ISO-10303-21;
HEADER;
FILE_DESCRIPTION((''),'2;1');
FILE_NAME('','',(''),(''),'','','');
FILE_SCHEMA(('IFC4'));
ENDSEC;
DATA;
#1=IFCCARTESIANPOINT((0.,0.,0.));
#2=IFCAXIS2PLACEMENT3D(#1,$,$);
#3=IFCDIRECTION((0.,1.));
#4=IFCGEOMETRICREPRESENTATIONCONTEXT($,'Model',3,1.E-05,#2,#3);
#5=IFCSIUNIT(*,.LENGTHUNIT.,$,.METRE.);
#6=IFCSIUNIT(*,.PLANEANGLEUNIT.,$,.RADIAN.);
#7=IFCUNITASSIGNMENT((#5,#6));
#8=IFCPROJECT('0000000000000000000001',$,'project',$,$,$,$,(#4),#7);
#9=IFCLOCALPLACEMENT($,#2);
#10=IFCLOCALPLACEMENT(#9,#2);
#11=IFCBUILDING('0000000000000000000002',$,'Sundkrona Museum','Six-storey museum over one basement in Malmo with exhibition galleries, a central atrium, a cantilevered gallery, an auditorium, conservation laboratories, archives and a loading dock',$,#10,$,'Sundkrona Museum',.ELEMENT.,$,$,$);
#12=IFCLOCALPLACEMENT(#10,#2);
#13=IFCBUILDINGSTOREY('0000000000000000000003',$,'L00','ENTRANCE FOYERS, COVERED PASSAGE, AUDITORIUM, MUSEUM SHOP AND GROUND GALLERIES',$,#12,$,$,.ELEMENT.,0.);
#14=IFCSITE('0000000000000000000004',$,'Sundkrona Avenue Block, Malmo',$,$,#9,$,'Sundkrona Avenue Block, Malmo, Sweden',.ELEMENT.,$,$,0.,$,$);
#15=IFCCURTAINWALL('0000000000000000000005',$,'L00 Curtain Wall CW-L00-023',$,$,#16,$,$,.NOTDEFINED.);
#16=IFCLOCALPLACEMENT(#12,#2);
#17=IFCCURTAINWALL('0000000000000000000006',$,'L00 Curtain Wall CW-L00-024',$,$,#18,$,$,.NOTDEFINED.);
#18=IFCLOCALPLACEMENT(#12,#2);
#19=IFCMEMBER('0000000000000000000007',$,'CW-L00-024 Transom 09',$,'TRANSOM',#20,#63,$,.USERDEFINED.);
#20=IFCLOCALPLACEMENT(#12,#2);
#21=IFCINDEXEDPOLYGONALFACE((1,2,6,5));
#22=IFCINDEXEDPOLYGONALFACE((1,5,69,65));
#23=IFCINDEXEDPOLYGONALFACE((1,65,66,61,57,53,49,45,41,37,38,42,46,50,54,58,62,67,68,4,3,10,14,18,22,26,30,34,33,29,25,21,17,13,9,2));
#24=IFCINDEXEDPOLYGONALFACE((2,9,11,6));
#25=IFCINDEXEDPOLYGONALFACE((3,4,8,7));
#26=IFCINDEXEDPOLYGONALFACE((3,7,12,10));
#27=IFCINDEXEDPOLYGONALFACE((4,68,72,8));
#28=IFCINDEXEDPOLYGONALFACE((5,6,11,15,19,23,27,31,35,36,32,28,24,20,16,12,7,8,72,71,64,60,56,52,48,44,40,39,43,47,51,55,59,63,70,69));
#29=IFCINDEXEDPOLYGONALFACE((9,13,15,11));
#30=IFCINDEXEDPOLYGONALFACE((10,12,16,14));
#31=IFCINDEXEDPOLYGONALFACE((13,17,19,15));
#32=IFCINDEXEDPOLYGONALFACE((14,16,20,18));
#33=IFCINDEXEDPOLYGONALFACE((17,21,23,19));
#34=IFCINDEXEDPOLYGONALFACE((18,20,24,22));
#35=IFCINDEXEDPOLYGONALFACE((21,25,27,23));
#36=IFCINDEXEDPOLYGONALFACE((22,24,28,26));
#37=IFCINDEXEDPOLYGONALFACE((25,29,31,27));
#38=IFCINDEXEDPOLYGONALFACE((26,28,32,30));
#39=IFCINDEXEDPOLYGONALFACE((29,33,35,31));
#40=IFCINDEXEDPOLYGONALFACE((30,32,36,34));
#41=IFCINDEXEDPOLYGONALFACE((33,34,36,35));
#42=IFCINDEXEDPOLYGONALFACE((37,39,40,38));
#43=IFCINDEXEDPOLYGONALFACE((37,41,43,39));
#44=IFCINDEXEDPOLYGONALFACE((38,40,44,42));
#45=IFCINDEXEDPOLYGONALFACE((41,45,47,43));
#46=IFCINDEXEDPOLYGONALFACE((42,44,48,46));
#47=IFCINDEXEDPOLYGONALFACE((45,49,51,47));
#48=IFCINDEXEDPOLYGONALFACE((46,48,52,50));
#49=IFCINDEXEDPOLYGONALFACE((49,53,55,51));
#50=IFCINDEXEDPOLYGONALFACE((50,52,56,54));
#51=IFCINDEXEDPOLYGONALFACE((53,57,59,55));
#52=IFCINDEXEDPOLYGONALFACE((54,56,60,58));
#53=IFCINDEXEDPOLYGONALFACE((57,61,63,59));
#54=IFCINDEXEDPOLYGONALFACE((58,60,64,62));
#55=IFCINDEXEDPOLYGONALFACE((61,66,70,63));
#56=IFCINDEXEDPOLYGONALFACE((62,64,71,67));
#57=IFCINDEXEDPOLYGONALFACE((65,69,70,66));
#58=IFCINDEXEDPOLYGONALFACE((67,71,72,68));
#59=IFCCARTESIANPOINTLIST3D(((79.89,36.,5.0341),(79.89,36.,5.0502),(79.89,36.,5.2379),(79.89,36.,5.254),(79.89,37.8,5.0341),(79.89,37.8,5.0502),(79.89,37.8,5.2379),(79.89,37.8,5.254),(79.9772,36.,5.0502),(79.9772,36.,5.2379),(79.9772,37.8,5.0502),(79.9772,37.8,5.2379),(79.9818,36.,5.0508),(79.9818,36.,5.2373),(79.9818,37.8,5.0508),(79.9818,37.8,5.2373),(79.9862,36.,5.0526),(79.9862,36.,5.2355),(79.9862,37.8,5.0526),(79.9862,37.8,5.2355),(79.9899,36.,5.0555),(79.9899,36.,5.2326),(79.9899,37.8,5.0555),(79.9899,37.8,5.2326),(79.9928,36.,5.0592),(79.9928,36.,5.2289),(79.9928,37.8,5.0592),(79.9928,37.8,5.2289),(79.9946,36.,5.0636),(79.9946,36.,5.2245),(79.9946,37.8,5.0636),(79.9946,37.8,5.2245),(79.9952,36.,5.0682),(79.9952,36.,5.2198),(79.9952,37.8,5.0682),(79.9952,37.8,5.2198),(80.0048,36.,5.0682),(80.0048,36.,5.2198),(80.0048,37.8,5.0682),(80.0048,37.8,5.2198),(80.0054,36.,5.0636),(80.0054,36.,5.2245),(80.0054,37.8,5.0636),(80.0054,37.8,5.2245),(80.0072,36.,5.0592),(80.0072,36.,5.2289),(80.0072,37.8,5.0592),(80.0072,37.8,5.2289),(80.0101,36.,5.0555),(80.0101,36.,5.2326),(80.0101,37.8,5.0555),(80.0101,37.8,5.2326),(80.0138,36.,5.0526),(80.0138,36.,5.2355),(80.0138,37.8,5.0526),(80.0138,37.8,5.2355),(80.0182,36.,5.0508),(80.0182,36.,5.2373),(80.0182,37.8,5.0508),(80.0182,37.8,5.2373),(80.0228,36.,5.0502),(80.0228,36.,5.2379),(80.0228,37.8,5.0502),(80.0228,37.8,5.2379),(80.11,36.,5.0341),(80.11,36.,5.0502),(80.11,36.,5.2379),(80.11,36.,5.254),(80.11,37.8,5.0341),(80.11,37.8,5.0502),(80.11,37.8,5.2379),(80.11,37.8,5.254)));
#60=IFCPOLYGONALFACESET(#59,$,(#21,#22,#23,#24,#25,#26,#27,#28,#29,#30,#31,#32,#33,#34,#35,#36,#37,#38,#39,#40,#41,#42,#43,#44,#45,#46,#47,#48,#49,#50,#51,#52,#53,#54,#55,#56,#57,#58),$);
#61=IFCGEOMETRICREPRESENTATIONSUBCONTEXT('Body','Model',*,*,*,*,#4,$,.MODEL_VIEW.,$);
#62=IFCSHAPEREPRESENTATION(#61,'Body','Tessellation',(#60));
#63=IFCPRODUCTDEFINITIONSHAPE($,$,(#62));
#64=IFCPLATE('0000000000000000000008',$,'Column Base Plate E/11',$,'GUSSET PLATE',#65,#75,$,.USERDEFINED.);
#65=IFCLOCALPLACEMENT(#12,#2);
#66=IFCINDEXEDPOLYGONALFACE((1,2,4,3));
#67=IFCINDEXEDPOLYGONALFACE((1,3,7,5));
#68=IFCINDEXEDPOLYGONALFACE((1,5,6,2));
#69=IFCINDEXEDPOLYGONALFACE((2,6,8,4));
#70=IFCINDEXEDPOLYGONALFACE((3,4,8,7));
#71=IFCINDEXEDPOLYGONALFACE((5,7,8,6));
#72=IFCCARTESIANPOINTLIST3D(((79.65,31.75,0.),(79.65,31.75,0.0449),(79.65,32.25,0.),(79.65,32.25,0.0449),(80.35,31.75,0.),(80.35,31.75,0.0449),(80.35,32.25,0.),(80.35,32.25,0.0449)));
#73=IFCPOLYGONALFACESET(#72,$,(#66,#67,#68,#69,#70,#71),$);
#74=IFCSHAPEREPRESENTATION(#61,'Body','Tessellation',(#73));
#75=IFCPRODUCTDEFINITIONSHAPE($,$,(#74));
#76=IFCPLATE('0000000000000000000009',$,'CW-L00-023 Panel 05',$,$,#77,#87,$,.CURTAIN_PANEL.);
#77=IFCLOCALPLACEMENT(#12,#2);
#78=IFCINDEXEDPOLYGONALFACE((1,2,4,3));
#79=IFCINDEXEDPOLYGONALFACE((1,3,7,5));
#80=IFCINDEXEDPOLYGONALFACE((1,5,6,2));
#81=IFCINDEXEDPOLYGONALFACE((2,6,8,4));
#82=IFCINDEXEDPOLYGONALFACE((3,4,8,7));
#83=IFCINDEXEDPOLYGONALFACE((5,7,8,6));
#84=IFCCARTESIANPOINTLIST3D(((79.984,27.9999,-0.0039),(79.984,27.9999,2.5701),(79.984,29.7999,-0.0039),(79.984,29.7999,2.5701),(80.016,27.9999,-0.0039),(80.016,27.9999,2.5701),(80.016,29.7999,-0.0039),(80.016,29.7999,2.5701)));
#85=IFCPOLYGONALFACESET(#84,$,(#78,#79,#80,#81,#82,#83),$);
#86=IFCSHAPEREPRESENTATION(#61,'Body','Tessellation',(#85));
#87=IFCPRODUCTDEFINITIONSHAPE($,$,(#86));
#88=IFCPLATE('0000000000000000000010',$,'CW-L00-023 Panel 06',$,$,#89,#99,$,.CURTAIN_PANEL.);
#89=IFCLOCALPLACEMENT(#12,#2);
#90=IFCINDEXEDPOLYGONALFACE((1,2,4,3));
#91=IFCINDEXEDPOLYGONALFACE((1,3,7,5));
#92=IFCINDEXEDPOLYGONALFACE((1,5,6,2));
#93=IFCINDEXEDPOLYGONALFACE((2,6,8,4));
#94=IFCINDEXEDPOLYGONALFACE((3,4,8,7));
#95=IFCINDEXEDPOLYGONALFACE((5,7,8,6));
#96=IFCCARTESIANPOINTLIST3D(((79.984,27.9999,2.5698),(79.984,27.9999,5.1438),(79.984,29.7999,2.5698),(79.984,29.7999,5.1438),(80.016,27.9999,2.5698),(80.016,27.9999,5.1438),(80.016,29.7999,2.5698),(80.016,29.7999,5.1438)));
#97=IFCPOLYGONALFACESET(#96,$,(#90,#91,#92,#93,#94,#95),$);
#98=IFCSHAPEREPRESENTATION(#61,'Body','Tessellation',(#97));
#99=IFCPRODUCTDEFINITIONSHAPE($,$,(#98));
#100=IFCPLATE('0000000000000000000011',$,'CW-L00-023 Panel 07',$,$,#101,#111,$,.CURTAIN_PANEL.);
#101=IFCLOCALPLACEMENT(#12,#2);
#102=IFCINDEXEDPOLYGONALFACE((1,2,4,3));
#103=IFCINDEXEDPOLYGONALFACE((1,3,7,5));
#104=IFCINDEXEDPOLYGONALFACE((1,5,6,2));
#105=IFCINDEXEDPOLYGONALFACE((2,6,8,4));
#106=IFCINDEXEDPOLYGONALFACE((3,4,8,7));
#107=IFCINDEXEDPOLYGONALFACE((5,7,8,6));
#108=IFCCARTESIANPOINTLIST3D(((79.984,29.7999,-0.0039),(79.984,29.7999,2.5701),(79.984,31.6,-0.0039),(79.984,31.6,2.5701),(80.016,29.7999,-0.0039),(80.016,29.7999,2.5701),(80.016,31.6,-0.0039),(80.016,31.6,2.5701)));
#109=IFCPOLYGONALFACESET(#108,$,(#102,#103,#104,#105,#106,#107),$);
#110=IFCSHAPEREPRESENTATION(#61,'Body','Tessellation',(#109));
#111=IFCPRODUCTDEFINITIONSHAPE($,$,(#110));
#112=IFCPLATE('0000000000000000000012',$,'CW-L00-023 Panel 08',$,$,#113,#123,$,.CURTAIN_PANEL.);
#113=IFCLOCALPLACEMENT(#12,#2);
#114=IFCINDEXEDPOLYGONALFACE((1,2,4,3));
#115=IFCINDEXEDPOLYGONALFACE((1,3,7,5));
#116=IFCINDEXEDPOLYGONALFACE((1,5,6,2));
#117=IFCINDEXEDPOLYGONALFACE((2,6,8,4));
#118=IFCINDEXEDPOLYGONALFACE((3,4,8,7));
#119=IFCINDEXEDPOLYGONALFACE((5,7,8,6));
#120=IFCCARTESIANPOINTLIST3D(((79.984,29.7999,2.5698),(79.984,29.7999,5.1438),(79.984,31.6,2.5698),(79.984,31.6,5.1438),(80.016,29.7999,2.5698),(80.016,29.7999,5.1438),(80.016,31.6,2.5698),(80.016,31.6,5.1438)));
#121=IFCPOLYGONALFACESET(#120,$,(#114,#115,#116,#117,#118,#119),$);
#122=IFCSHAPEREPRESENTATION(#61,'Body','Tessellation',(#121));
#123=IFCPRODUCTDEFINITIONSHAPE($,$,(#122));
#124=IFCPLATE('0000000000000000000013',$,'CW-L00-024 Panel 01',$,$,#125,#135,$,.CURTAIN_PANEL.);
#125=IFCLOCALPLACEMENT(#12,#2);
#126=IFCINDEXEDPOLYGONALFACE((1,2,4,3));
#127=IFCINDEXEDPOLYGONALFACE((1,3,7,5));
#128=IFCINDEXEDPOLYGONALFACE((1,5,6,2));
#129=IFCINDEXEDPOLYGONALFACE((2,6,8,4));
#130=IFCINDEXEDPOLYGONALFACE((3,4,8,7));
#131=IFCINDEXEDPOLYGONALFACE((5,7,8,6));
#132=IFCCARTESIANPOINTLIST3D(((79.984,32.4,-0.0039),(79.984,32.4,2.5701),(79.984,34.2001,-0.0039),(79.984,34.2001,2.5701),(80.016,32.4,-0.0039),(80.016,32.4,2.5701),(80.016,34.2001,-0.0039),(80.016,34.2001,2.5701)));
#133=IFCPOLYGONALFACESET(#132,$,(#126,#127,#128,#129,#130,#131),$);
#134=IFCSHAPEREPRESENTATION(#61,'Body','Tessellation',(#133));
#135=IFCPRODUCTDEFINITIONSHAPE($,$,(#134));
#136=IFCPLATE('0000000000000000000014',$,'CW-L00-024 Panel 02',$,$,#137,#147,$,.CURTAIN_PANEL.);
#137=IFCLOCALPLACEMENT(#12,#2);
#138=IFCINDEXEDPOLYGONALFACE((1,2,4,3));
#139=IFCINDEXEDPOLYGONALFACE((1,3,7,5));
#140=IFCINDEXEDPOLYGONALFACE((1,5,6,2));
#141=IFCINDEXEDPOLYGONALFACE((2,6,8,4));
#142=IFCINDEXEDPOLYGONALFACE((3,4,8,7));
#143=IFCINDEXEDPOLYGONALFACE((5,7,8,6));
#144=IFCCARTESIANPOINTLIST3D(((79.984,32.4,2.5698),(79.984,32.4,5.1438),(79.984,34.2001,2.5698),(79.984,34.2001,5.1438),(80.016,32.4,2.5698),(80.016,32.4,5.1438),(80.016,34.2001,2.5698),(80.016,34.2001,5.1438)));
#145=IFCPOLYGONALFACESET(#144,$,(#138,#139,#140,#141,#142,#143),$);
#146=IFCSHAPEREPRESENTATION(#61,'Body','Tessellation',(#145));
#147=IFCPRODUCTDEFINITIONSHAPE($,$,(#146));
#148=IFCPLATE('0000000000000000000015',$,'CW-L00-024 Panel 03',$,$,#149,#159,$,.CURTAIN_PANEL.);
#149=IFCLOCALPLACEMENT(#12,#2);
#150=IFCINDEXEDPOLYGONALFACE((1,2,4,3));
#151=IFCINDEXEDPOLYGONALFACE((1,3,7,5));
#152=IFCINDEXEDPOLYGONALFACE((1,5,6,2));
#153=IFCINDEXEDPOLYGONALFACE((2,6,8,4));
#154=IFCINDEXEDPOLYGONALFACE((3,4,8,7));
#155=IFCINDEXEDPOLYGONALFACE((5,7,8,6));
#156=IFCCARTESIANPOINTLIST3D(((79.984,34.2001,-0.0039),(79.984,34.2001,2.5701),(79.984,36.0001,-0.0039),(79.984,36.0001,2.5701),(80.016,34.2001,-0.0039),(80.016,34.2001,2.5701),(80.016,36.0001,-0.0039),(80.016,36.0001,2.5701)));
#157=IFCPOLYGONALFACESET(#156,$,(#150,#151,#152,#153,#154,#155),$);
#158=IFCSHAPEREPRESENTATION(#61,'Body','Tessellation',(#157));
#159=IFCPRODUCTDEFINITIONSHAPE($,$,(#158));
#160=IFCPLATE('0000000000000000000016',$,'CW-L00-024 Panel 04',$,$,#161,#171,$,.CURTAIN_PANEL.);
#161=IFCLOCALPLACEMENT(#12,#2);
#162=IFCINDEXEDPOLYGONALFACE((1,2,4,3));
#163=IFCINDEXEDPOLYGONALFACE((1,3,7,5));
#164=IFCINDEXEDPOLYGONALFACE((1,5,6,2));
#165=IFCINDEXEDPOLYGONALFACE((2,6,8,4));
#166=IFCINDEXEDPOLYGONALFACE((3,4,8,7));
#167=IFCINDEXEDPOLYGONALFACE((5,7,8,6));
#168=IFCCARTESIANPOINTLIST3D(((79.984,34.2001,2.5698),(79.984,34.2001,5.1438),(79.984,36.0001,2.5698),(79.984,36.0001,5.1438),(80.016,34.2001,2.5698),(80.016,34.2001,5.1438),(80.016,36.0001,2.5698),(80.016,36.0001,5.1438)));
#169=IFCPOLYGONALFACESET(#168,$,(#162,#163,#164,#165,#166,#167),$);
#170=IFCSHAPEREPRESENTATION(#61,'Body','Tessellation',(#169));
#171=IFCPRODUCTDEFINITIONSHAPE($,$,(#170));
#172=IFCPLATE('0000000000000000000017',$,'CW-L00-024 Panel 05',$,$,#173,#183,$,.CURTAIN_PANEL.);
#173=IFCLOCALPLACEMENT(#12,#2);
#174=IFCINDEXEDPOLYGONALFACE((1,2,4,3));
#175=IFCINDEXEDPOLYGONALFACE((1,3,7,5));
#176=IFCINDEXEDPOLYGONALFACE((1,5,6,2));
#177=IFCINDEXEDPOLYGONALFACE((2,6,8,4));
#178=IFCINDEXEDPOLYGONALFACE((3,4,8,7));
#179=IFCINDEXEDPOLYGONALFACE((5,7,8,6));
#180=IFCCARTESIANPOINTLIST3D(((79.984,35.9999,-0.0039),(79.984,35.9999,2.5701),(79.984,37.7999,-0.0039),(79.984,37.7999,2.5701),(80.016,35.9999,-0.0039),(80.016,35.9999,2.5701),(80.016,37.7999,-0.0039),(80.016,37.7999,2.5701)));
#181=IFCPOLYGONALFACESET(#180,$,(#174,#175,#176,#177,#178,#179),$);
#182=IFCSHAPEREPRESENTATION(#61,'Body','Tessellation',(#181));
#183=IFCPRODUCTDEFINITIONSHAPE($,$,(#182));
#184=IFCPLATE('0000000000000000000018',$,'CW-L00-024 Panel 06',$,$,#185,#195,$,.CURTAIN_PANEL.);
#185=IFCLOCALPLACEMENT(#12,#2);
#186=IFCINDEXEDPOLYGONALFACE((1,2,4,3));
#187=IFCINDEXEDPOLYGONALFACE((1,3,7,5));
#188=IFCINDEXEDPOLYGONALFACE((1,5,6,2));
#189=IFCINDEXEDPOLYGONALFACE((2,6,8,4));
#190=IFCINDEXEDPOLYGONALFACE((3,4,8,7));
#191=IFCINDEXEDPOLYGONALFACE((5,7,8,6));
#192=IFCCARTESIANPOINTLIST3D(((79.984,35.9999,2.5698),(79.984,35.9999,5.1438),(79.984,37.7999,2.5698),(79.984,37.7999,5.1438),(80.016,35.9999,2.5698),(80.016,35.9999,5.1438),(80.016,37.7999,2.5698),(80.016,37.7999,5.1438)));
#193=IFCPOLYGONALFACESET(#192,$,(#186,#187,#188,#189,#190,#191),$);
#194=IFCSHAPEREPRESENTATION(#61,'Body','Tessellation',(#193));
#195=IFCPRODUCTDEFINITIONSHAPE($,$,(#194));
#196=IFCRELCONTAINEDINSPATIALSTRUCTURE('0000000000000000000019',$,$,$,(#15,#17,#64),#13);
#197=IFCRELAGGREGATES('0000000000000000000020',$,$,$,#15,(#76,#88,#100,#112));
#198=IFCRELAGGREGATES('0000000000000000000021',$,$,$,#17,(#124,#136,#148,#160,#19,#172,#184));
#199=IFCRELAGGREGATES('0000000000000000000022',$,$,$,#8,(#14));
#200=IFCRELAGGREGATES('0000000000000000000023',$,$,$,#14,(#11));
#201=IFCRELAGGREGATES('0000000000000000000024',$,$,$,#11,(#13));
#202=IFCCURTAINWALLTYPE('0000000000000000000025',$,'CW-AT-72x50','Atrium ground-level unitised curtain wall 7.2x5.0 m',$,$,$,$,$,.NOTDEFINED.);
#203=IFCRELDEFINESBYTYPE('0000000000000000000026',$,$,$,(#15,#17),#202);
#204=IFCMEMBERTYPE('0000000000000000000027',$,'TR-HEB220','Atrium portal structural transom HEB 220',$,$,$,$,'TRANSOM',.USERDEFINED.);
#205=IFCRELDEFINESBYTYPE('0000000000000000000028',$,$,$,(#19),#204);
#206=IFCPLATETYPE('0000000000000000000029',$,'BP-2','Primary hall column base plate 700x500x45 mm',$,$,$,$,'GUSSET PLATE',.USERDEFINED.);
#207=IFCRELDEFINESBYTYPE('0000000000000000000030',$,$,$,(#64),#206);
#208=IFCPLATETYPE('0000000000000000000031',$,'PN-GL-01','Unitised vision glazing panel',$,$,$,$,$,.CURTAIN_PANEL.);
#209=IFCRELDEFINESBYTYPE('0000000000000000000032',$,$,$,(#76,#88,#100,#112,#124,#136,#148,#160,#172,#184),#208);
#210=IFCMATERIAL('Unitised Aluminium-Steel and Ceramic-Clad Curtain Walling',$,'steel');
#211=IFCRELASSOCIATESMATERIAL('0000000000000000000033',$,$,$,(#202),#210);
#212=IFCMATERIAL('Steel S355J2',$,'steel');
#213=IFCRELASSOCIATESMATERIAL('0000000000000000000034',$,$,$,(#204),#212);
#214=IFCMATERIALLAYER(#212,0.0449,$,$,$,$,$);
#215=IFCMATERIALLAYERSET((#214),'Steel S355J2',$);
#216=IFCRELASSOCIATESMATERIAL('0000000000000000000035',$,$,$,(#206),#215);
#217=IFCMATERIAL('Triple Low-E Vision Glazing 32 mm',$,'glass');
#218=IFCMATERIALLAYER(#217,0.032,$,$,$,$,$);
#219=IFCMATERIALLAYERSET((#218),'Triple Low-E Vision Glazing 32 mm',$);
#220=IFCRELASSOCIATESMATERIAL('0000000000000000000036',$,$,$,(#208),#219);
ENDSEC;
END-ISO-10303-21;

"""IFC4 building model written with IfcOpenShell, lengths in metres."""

from ifc_helpers import new_model, si_unit, direction, frame, origin, origin_2d, place, context, subcontext, project, spatial, rectangle, i_section, extrude, material, layer, layer_set, material_profile, profile_set, type_object, element, aggregate, save


model = new_model("IFC4")

# Units and contexts
model_context = context("Model", 3, precision=1e-05, world=origin(), true_north=direction((0.0, 1.0)))
body_context = subcontext(model_context, "Body", "Model", "MODEL_VIEW")
ifc_project = project(units=[si_unit("LENGTHUNIT", "METRE"), si_unit("PLANEANGLEUNIT", "RADIAN")], contexts=[model_context])

# Site, building, storey
site_placement = place(None, origin())
site = spatial("IfcSite", under=ifc_project, at=site_placement, Name="Sundkrona Avenue Block, Malmo", LongName="Sundkrona Avenue Block, Malmo, Sweden", CompositionType="ELEMENT", RefElevation=0.0)
building_placement = place(site_placement, origin())
building = spatial("IfcBuilding", under=site, at=building_placement, Name="Sundkrona Museum", Description="Six-storey museum over one basement in Malmo with exhibition galleries, a central atrium, a cantilevered gallery, an auditorium, conservation laboratories, archives and a loading dock", LongName="Sundkrona Museum", CompositionType="ELEMENT")
storey_placement = place(building_placement, origin())
storey = spatial("IfcBuildingStorey", under=building, at=storey_placement, Name="L00", Description="ENTRANCE FOYERS, COVERED PASSAGE, AUDITORIUM, MUSEUM SHOP AND GROUND GALLERIES", CompositionType="ELEMENT", Elevation=0.0)

# Shared definitions
ifc_material_1 = material(Name="Steel S355J2", Category="steel")

# Curtain walls
ifc_material_2 = material(Name="Unitised Aluminium-Steel and Ceramic-Clad Curtain Walling", Category="steel")
curtain_wall_type = type_object("IfcCurtainWallType", Name="CW-AT-72x50", Description="Atrium ground-level unitised curtain wall 7.2x5.0 m", PredefinedType="NOTDEFINED", material=ifc_material_2)
curtain_wall_1_placement = place(storey_placement, origin())
curtain_wall_1 = element("IfcCurtainWall", 1, at=curtain_wall_1_placement, inside=storey, type_object=curtain_wall_type, Name="L00 Curtain Wall CW-L00-023", PredefinedType="NOTDEFINED")
curtain_wall_2_placement = place(storey_placement, origin())
curtain_wall_2 = element("IfcCurtainWall", 2, at=curtain_wall_2_placement, inside=storey, type_object=curtain_wall_type, Name="L00 Curtain Wall CW-L00-024", PredefinedType="NOTDEFINED")

# Member
ifc_material_profile_1 = material_profile(ifc_material_1, i_section(OverallWidth=0.22, OverallDepth=0.22, WebThickness=0.0095, FlangeThickness=0.0161, FilletRadius=0.0181, at=origin_2d()), Name="HEB 220")
ifc_profile_set_1 = profile_set([ifc_material_profile_1], Name="Steel S355J2")
member_type_1 = type_object("IfcMemberType", Name="TR-HEB220", Description="Atrium portal structural transom HEB 220", ElementType="TRANSOM", PredefinedType="USERDEFINED", material=ifc_profile_set_1)
member_1_placement = place(storey_placement, frame((80.0, 36.0, 5.144), z_axis=(0.0, 1.0, 0.0), x_axis=(-1.0, 0.0, 0.0)))
member_1 = element("IfcMember", 3, at=member_1_placement, type_object=member_type_1, Name="CW-L00-024 Transom 09", ObjectType="TRANSOM", PredefinedType="USERDEFINED", context=body_context, shape_type="SweptSolid", body=[
    extrude(i_section(OverallWidth=0.22, OverallDepth=0.22, WebThickness=0.0095, FlangeThickness=0.0161, FilletRadius=0.0181, at=origin_2d()), origin(), (0.0, 0.0, 1.0), 1.8),
])

# Plates
ifc_layer_1 = layer(ifc_material_1, 0.0449)
ifc_layer_set_1 = layer_set([ifc_layer_1], Name="Steel S355J2")
plate_type_1 = type_object("IfcPlateType", Name="BP-2", Description="Primary hall column base plate 700x500x45 mm", ElementType="GUSSET PLATE", PredefinedType="USERDEFINED", material=ifc_layer_set_1)
plate_1_placement = place(storey_placement, frame((80.0, 32.0, 0.0), z_axis=(0.0, 0.0, 1.0), x_axis=(1.0, 0.0, 0.0)))
element("IfcPlate", 4, at=plate_1_placement, inside=storey, type_object=plate_type_1, Name="Column Base Plate E/11", ObjectType="GUSSET PLATE", PredefinedType="USERDEFINED", context=body_context, shape_type="SweptSolid", body=[
    extrude(rectangle(XDim=0.7, YDim=0.5, at=origin_2d()), origin(), (0.0, 0.0, 1.0), 0.0449),
])
ifc_material_3 = material(Name="Triple Low-E Vision Glazing 32 mm", Category="glass")
ifc_layer_2 = layer(ifc_material_3, 0.032)
ifc_layer_set_2 = layer_set([ifc_layer_2], Name="Triple Low-E Vision Glazing 32 mm")
plate_type_2 = type_object("IfcPlateType", Name="PN-GL-01", Description="Unitised vision glazing panel", PredefinedType="CURTAIN_PANEL", material=ifc_layer_set_2)
plate_2_placement = place(storey_placement, frame((80.0, 28.8999, -0.0039), z_axis=(0.0, 0.0, 1.0), x_axis=(0.0, 1.0, 0.0)))
plate_2 = element("IfcPlate", 5, at=plate_2_placement, type_object=plate_type_2, Name="CW-L00-023 Panel 05", PredefinedType="CURTAIN_PANEL", context=body_context, shape_type="SweptSolid", body=[
    extrude(rectangle(XDim=1.8, YDim=0.032, at=origin_2d()), origin(), (0.0, 0.0, 1.0), 2.574),
])
plate_3_placement = place(storey_placement, frame((80.0, 28.8999, 2.5698), z_axis=(0.0, 0.0, 1.0), x_axis=(0.0, 1.0, 0.0)))
plate_3 = element("IfcPlate", 6, at=plate_3_placement, type_object=plate_type_2, Name="CW-L00-023 Panel 06", PredefinedType="CURTAIN_PANEL", context=body_context, shape_type="SweptSolid", body=[
    extrude(rectangle(XDim=1.8, YDim=0.032, at=origin_2d()), origin(), (0.0, 0.0, 1.0), 2.574),
])
plate_4_placement = place(storey_placement, frame((80.0, 30.7, -0.0039), z_axis=(0.0, 0.0, 1.0), x_axis=(0.0, 1.0, 0.0)))
plate_4 = element("IfcPlate", 7, at=plate_4_placement, type_object=plate_type_2, Name="CW-L00-023 Panel 07", PredefinedType="CURTAIN_PANEL", context=body_context, shape_type="SweptSolid", body=[
    extrude(rectangle(XDim=1.8, YDim=0.032, at=origin_2d()), origin(), (0.0, 0.0, 1.0), 2.574),
])
plate_5_placement = place(storey_placement, frame((80.0, 30.7, 2.5698), z_axis=(0.0, 0.0, 1.0), x_axis=(0.0, 1.0, 0.0)))
plate_5 = element("IfcPlate", 8, at=plate_5_placement, type_object=plate_type_2, Name="CW-L00-023 Panel 08", PredefinedType="CURTAIN_PANEL", context=body_context, shape_type="SweptSolid", body=[
    extrude(rectangle(XDim=1.8, YDim=0.032, at=origin_2d()), origin(), (0.0, 0.0, 1.0), 2.574),
])
aggregate(curtain_wall_1, [plate_2, plate_3, plate_4, plate_5])
plate_6_placement = place(storey_placement, frame((80.0, 33.3, -0.0039), z_axis=(0.0, 0.0, 1.0), x_axis=(0.0, 1.0, 0.0)))
plate_6 = element("IfcPlate", 9, at=plate_6_placement, type_object=plate_type_2, Name="CW-L00-024 Panel 01", PredefinedType="CURTAIN_PANEL", context=body_context, shape_type="SweptSolid", body=[
    extrude(rectangle(XDim=1.8, YDim=0.032, at=origin_2d()), origin(), (0.0, 0.0, 1.0), 2.574),
])
plate_7_placement = place(storey_placement, frame((80.0, 33.3, 2.5698), z_axis=(0.0, 0.0, 1.0), x_axis=(0.0, 1.0, 0.0)))
plate_7 = element("IfcPlate", 10, at=plate_7_placement, type_object=plate_type_2, Name="CW-L00-024 Panel 02", PredefinedType="CURTAIN_PANEL", context=body_context, shape_type="SweptSolid", body=[
    extrude(rectangle(XDim=1.8, YDim=0.032, at=origin_2d()), origin(), (0.0, 0.0, 1.0), 2.574),
])
plate_8_placement = place(storey_placement, frame((80.0, 35.1001, -0.0039), z_axis=(0.0, 0.0, 1.0), x_axis=(0.0, 1.0, 0.0)))
plate_8 = element("IfcPlate", 11, at=plate_8_placement, type_object=plate_type_2, Name="CW-L00-024 Panel 03", PredefinedType="CURTAIN_PANEL", context=body_context, shape_type="SweptSolid", body=[
    extrude(rectangle(XDim=1.8, YDim=0.032, at=origin_2d()), origin(), (0.0, 0.0, 1.0), 2.574),
])
plate_9_placement = place(storey_placement, frame((80.0, 35.1001, 2.5698), z_axis=(0.0, 0.0, 1.0), x_axis=(0.0, 1.0, 0.0)))
plate_9 = element("IfcPlate", 12, at=plate_9_placement, type_object=plate_type_2, Name="CW-L00-024 Panel 04", PredefinedType="CURTAIN_PANEL", context=body_context, shape_type="SweptSolid", body=[
    extrude(rectangle(XDim=1.8, YDim=0.032, at=origin_2d()), origin(), (0.0, 0.0, 1.0), 2.574),
])
plate_10_placement = place(storey_placement, frame((80.0, 36.8999, -0.0039), z_axis=(0.0, 0.0, 1.0), x_axis=(0.0, 1.0, 0.0)))
plate_10 = element("IfcPlate", 13, at=plate_10_placement, type_object=plate_type_2, Name="CW-L00-024 Panel 05", PredefinedType="CURTAIN_PANEL", context=body_context, shape_type="SweptSolid", body=[
    extrude(rectangle(XDim=1.8, YDim=0.032, at=origin_2d()), origin(), (0.0, 0.0, 1.0), 2.574),
])
plate_11_placement = place(storey_placement, frame((80.0, 36.8999, 2.5698), z_axis=(0.0, 0.0, 1.0), x_axis=(0.0, 1.0, 0.0)))
plate_11 = element("IfcPlate", 14, at=plate_11_placement, type_object=plate_type_2, Name="CW-L00-024 Panel 06", PredefinedType="CURTAIN_PANEL", context=body_context, shape_type="SweptSolid", body=[
    extrude(rectangle(XDim=1.8, YDim=0.032, at=origin_2d()), origin(), (0.0, 0.0, 1.0), 2.574),
])
aggregate(curtain_wall_2, [plate_6, plate_7, plate_8, plate_9, member_1, plate_10, plate_11])

save(model, "model.ifc")
